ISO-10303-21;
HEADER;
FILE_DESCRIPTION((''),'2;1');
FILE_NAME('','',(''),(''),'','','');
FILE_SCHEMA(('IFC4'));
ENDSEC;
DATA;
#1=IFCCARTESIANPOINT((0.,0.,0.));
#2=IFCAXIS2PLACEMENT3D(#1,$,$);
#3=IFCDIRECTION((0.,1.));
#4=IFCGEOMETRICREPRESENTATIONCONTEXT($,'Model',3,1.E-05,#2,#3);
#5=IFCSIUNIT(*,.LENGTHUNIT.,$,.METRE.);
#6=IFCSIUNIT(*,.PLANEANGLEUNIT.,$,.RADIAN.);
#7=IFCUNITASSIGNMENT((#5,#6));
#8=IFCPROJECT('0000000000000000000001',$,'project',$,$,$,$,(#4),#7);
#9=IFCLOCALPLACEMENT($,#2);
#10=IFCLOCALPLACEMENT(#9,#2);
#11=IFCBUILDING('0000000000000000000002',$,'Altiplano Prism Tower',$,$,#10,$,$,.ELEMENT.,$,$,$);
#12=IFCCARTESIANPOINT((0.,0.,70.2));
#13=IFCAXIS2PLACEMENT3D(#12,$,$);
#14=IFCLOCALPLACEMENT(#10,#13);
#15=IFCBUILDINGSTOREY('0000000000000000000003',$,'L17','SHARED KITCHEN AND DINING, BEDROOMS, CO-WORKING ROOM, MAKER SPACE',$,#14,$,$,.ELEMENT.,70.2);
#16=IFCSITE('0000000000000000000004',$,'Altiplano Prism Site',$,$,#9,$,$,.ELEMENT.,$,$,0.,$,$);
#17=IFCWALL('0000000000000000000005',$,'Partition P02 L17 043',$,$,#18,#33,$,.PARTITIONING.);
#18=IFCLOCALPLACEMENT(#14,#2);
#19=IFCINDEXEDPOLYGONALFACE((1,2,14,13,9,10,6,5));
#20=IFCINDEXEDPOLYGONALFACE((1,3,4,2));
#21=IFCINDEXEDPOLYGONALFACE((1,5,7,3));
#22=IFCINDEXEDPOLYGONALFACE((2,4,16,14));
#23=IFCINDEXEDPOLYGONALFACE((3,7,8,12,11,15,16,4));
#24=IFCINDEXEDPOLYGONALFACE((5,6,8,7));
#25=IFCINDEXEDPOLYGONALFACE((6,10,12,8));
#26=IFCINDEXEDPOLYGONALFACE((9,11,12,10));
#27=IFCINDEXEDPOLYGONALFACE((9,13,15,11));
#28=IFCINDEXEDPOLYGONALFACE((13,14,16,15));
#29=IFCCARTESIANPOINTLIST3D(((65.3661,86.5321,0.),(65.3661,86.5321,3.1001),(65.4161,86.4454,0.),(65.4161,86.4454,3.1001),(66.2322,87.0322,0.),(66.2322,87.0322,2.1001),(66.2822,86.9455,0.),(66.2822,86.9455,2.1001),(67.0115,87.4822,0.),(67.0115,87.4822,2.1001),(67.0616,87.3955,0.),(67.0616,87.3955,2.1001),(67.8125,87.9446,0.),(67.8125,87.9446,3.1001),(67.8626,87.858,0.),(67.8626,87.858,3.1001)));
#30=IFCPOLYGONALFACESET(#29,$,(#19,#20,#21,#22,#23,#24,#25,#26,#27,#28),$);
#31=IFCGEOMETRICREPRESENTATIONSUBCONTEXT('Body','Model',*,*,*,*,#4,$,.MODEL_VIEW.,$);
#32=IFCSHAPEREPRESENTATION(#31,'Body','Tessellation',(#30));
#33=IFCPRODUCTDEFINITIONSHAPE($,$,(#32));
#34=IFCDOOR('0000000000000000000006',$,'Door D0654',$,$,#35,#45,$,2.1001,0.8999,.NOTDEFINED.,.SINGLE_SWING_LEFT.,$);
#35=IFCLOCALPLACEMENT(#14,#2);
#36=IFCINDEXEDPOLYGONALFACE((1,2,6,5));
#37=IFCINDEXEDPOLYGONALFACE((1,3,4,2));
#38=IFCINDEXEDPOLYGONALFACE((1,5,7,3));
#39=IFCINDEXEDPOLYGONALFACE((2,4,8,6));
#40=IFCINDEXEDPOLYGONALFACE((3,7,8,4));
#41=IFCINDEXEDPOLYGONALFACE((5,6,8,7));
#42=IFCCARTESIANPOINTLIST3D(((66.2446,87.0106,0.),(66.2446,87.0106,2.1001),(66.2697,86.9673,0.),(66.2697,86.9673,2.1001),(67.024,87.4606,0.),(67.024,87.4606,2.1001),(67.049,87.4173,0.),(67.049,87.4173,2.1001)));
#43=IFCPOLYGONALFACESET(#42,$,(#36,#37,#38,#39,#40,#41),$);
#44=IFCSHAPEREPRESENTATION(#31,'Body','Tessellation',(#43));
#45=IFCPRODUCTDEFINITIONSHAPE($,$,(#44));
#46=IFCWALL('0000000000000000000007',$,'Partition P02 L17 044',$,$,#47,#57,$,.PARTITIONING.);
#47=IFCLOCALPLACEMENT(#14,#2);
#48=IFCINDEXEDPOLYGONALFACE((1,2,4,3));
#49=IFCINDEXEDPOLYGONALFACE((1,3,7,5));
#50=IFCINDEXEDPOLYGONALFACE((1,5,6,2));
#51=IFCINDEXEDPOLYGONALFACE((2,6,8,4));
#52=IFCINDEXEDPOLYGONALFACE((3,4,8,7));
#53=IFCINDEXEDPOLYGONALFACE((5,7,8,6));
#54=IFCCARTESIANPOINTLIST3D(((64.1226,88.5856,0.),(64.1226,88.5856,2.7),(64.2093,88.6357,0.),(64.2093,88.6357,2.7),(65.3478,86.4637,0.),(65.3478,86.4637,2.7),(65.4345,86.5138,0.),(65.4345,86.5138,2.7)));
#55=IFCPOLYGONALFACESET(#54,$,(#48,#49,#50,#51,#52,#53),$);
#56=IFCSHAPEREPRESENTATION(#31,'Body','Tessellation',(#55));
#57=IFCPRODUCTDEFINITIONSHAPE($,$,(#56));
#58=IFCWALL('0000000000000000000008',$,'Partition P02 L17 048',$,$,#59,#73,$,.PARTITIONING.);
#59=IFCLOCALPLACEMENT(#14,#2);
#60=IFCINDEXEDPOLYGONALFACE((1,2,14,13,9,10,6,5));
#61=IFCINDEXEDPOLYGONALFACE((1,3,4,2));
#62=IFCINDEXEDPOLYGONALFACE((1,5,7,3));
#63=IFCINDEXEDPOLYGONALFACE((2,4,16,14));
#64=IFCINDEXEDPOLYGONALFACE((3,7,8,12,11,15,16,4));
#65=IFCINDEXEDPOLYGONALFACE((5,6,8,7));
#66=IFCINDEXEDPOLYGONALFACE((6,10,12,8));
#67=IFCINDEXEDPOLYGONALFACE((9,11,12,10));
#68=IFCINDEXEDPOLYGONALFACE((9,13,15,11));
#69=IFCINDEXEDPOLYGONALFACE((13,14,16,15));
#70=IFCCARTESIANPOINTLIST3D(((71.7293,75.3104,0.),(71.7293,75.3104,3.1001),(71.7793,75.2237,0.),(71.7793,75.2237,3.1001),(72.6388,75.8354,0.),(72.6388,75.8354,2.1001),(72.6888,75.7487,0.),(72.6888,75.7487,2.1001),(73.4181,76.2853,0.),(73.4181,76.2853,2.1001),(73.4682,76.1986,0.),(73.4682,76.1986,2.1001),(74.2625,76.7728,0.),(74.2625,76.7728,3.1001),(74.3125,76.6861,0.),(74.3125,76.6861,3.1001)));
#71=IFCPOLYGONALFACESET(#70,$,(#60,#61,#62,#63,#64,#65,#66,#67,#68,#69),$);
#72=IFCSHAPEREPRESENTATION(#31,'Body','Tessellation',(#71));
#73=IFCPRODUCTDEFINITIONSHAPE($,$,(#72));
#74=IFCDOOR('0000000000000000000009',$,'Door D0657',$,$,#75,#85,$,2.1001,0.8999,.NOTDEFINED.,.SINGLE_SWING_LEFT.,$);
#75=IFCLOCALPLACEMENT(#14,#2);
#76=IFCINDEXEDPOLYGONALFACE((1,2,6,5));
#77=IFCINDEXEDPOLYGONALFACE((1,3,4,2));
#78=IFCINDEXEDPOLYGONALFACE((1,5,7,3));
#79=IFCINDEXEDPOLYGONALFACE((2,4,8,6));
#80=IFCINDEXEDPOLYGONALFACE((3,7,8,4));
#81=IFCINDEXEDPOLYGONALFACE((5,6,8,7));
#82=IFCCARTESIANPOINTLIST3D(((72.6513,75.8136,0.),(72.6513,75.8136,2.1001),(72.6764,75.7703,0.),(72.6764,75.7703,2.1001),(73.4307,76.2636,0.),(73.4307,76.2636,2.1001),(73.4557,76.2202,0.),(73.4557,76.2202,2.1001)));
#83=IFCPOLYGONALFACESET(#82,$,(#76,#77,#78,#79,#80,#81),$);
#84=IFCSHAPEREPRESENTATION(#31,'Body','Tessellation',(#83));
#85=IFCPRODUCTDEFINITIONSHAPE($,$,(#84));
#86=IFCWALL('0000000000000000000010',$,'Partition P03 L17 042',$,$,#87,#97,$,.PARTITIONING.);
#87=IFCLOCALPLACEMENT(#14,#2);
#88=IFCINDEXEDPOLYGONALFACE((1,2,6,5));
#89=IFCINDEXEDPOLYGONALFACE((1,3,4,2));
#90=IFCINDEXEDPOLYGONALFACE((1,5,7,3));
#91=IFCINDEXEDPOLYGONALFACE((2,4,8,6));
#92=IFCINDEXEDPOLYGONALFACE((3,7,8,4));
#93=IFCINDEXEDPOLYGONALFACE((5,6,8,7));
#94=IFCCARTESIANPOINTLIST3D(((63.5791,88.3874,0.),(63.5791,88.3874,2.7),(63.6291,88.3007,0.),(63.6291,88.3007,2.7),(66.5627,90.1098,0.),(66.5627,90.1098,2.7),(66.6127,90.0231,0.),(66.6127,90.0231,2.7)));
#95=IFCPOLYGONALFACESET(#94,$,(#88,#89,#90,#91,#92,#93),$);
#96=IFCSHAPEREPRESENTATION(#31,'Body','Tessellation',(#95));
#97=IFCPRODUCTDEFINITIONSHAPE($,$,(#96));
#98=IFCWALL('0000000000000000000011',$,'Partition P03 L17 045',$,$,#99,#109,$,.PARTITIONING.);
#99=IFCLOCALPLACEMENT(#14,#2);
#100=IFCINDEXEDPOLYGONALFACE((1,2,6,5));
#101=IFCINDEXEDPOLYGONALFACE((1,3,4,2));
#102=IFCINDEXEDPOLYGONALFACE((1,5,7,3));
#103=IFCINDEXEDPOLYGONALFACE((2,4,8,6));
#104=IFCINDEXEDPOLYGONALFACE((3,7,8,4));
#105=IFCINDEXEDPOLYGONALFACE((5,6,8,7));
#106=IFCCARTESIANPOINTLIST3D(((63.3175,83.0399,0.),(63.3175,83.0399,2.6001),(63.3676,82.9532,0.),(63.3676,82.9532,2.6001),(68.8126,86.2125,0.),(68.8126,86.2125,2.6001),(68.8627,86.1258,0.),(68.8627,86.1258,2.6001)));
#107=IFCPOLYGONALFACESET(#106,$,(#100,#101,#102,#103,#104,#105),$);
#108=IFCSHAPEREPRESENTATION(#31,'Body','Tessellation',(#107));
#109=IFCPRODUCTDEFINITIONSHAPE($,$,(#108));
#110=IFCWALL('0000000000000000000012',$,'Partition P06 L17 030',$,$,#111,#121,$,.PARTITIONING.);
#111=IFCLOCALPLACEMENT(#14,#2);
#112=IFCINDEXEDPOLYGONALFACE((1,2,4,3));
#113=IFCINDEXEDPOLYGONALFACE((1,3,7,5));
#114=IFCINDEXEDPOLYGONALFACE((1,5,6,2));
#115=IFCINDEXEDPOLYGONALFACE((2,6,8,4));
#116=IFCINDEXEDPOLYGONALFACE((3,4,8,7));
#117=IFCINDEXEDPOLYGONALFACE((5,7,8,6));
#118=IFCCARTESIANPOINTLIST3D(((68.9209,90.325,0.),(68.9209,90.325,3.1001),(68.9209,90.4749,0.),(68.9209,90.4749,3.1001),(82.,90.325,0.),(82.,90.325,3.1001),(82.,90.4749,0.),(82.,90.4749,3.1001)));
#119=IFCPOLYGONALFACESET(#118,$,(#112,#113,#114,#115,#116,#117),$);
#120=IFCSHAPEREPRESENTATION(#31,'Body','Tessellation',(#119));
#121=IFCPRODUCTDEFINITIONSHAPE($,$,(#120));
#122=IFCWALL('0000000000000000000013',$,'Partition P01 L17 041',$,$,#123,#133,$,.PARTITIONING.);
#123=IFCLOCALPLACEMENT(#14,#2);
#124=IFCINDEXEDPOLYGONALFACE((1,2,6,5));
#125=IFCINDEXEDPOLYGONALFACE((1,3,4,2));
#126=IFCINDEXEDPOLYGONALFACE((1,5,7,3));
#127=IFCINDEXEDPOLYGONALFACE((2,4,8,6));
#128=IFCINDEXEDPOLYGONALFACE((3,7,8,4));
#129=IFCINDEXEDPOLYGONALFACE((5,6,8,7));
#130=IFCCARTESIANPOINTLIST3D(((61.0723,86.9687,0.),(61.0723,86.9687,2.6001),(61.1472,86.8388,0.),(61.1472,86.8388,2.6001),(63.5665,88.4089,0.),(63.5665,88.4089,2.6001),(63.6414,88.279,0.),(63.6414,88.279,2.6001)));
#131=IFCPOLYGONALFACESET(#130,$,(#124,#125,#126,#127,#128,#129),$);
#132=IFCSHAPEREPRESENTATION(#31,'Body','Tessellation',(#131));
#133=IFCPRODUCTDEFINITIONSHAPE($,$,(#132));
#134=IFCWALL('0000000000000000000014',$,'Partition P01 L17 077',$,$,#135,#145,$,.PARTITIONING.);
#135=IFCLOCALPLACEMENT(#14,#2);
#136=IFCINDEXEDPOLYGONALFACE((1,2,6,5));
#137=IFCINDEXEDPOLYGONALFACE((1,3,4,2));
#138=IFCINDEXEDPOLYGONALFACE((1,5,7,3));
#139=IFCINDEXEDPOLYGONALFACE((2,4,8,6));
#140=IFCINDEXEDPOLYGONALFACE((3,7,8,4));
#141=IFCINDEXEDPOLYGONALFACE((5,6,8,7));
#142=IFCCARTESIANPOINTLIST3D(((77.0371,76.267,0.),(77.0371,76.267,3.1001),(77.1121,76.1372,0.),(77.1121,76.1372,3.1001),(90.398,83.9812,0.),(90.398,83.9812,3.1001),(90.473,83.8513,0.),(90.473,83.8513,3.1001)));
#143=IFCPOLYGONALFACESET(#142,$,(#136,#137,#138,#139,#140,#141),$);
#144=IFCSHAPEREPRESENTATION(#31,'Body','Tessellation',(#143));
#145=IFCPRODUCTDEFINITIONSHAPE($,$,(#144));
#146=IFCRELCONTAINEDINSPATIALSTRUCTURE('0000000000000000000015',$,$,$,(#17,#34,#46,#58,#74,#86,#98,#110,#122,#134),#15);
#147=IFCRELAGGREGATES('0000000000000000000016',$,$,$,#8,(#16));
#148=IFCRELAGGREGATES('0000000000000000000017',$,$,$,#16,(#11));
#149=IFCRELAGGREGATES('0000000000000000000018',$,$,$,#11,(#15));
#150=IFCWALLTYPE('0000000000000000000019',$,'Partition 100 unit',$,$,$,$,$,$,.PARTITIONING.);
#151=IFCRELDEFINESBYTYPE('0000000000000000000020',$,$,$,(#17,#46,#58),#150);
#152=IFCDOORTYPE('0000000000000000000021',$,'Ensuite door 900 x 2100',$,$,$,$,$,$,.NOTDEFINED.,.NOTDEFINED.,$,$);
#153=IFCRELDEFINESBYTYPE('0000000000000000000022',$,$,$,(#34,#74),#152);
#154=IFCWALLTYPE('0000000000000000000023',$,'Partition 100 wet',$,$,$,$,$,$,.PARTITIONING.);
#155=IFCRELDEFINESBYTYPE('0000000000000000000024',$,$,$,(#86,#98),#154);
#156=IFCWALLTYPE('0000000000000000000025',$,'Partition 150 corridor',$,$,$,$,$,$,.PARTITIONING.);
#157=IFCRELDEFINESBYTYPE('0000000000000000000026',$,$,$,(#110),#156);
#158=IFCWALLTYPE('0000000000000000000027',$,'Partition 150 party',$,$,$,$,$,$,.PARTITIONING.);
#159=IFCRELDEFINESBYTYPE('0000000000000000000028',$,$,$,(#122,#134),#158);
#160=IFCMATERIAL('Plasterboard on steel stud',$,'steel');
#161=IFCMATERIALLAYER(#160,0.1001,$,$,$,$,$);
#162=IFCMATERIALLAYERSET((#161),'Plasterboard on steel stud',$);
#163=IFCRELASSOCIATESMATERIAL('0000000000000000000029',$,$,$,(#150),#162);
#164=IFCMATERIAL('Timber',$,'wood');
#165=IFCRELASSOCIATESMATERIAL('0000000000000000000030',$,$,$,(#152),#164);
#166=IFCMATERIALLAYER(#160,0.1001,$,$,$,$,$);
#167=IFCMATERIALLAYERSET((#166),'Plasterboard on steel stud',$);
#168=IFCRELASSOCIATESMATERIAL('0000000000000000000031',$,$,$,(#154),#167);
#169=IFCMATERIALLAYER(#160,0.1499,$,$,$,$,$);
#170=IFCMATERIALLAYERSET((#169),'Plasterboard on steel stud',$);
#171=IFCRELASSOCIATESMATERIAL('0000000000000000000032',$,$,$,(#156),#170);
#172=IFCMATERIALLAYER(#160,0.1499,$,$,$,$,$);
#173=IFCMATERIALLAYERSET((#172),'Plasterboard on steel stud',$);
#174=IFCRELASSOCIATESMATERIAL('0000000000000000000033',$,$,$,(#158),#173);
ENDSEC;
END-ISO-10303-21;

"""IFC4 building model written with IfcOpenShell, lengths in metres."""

from ifc_helpers import new_model, si_unit, direction, frame, frame_2d, origin, place, context, subcontext, project, spatial, rectangle, extrude, material, layer, layer_set, type_object, element, fill, save


model = new_model("IFC4")

# Units and contexts
model_context = context("Model", 3, precision=1e-05, world=origin(), true_north=direction((0.0, 1.0)))
body_context = subcontext(model_context, "Body", "Model", "MODEL_VIEW")
ifc_project = project(units=[si_unit("LENGTHUNIT", "METRE"), si_unit("PLANEANGLEUNIT", "RADIAN")], contexts=[model_context])

# Site, building, storey
site_placement = place(None, origin())
site = spatial("IfcSite", under=ifc_project, at=site_placement, Name="Altiplano Prism Site", CompositionType="ELEMENT", RefElevation=0.0)
building_placement = place(site_placement, origin())
building = spatial("IfcBuilding", under=site, at=building_placement, Name="Altiplano Prism Tower", CompositionType="ELEMENT")
storey_placement = place(building_placement, frame((0.0, 0.0, 70.2)))
storey = spatial("IfcBuildingStorey", under=building, at=storey_placement, Name="L17", Description="SHARED KITCHEN AND DINING, BEDROOMS, CO-WORKING ROOM, MAKER SPACE", CompositionType="ELEMENT", Elevation=70.2)

# Shared definitions
ifc_material_1 = material(Name="Plasterboard on steel stud", Category="steel")
ifc_layer_1 = layer(ifc_material_1, 0.1001)
ifc_layer_set_1 = layer_set([ifc_layer_1], Name="Plasterboard on steel stud")
wall_type_1 = type_object("IfcWallType", Name="Partition 100 unit", PredefinedType="PARTITIONING", material=ifc_layer_set_1)

# Wall, opening, door
wall_1_placement = place(storey_placement, frame((67.8376, 87.9014, 0.0), z_axis=(0.0, 0.0, 1.0), x_axis=(-0.866011, -0.500024, 0.0)))
wall_1 = element("IfcWall", 1, at=wall_1_placement, inside=storey, type_object=wall_type_1, Name="Partition P02 L17 043", PredefinedType="PARTITIONING", context=body_context, shape_type="SweptSolid", body=[
    extrude(rectangle(XDim=2.825, YDim=0.1001, at=frame_2d((1.4126, 0.0))), origin(), (0.0, 0.0, 1.0), 3.1001),
])
opening_1_placement = place(wall_1_placement, frame((0.925, 0.0, 0.0)))
opening_1 = element("IfcOpeningElement", 2, at=opening_1_placement, cuts=wall_1, PredefinedType="OPENING", context=body_context, shape_type="SweptSolid", body=[
    extrude(rectangle(XDim=0.8999, YDim=2.1001, at=frame_2d((0.45, 1.05))), frame((0.0, 0.0605, 0.0), z_axis=(0.0, -1.0, 0.0), x_axis=(1.0, 0.0, 0.0)), (0.0, 0.0, 1.0), 0.1211),
])
ifc_material_2 = material(Name="Timber", Category="wood")
door_type = type_object("IfcDoorType", Name="Ensuite door 900 x 2100", OperationType="NOTDEFINED", PredefinedType="NOTDEFINED", material=ifc_material_2)
door_1_placement = place(opening_1_placement, origin())
door_1 = element("IfcDoor", 3, at=door_1_placement, inside=storey, type_object=door_type, Name="Door D0654", OperationType="SINGLE_SWING_LEFT", OverallHeight=2.1001, OverallWidth=0.8999, PredefinedType="NOTDEFINED", context=body_context, shape_type="SweptSolid", body=[
    extrude(rectangle(XDim=0.8999, YDim=2.1001, at=frame_2d((0.45, 1.05))), frame((0.0, 0.0249, 0.0), z_axis=(0.0, -1.0, 0.0), x_axis=(1.0, 0.0, 0.0)), (0.0, 0.0, 1.0), 0.05),
])
fill(opening_1, door_1)

# Wall
wall_2_placement = place(storey_placement, frame((65.3911, 86.4888, 0.0), z_axis=(0.0, 0.0, 1.0), x_axis=(-0.500019, 0.866015, 0.0)))
element("IfcWall", 4, at=wall_2_placement, inside=storey, type_object=wall_type_1, Name="Partition P02 L17 044", PredefinedType="PARTITIONING", context=body_context, shape_type="SweptSolid", body=[
    extrude(rectangle(XDim=2.4502, YDim=0.1001, at=frame_2d((1.2251, 0.0))), origin(), (0.0, 0.0, 1.0), 2.7),
])

# Wall, opening, door
wall_3_placement = place(storey_placement, frame((71.7544, 75.2671, 0.0), z_axis=(0.0, 0.0, 1.0), x_axis=(0.866047, 0.499963, 0.0)))
wall_3 = element("IfcWall", 5, at=wall_3_placement, inside=storey, type_object=wall_type_1, Name="Partition P02 L17 048", PredefinedType="PARTITIONING", context=body_context, shape_type="SweptSolid", body=[
    extrude(rectangle(XDim=2.925, YDim=0.1001, at=frame_2d((1.4624, 0.0))), origin(), (0.0, 0.0, 1.0), 3.1001),
])
opening_2_placement = place(wall_3_placement, frame((1.05, 0.0, 0.0)))
opening_2 = element("IfcOpeningElement", 6, at=opening_2_placement, cuts=wall_3, PredefinedType="OPENING", context=body_context, shape_type="SweptSolid", body=[
    extrude(rectangle(XDim=0.8999, YDim=2.1001, at=frame_2d((0.45, 1.05))), frame((0.0, 0.0605, 0.0), z_axis=(0.0, -1.0, 0.0), x_axis=(1.0, 0.0, 0.0)), (0.0, 0.0, 1.0), 0.1211),
])
door_2_placement = place(opening_2_placement, origin())
door_2 = element("IfcDoor", 7, at=door_2_placement, inside=storey, type_object=door_type, Name="Door D0657", OperationType="SINGLE_SWING_LEFT", OverallHeight=2.1001, OverallWidth=0.8999, PredefinedType="NOTDEFINED", context=body_context, shape_type="SweptSolid", body=[
    extrude(rectangle(XDim=0.8999, YDim=2.1001, at=frame_2d((0.45, 1.05))), frame((0.0, 0.0249, 0.0), z_axis=(0.0, -1.0, 0.0), x_axis=(1.0, 0.0, 0.0)), (0.0, 0.0, 1.0), 0.05),
])
fill(opening_2, door_2)

# Walls
ifc_layer_2 = layer(ifc_material_1, 0.1001)
ifc_layer_set_2 = layer_set([ifc_layer_2], Name="Plasterboard on steel stud")
wall_type_2 = type_object("IfcWallType", Name="Partition 100 wet", PredefinedType="PARTITIONING", material=ifc_layer_set_2)
wall_4_placement = place(storey_placement, frame((63.604, 88.344, 0.0), z_axis=(0.0, 0.0, 1.0), x_axis=(0.86605, 0.499958, 0.0)))
element("IfcWall", 8, at=wall_4_placement, inside=storey, type_object=wall_type_2, Name="Partition P03 L17 042", PredefinedType="PARTITIONING", context=body_context, shape_type="SweptSolid", body=[
    extrude(rectangle(XDim=3.4451, YDim=0.1001, at=frame_2d((1.7227, 0.0))), origin(), (0.0, 0.0, 1.0), 2.7),
])
wall_5_placement = place(storey_placement, frame((63.3425, 82.9966, 0.0), z_axis=(0.0, 0.0, 1.0), x_axis=(0.866025, 0.5, 0.0)))
element("IfcWall", 9, at=wall_5_placement, inside=storey, type_object=wall_type_2, Name="Partition P03 L17 045", PredefinedType="PARTITIONING", context=body_context, shape_type="SweptSolid", body=[
    extrude(rectangle(XDim=6.3452, YDim=0.1001, at=frame_2d((3.1726, 0.0))), origin(), (0.0, 0.0, 1.0), 2.6001),
])
ifc_layer_3 = layer(ifc_material_1, 0.1499)
ifc_layer_set_3 = layer_set([ifc_layer_3], Name="Plasterboard on steel stud")
wall_type_3 = type_object("IfcWallType", Name="Partition 150 corridor", PredefinedType="PARTITIONING", material=ifc_layer_set_3)
wall_6_placement = place(storey_placement, frame((68.9209, 90.3999, 0.0), z_axis=(0.0, 0.0, 1.0), x_axis=(1.0, 0.0, 0.0)))
element("IfcWall", 10, at=wall_6_placement, inside=storey, type_object=wall_type_3, Name="Partition P06 L17 030", PredefinedType="PARTITIONING", context=body_context, shape_type="SweptSolid", body=[
    extrude(rectangle(XDim=13.0791, YDim=0.1499, at=frame_2d((6.5396, 0.0))), origin(), (0.0, 0.0, 1.0), 3.1001),
])
ifc_layer_4 = layer(ifc_material_1, 0.1499)
ifc_layer_set_4 = layer_set([ifc_layer_4], Name="Plasterboard on steel stud")
wall_type_4 = type_object("IfcWallType", Name="Partition 150 party", PredefinedType="PARTITIONING", material=ifc_layer_set_4)
wall_7_placement = place(storey_placement, frame((61.1099, 86.9038, 0.0), z_axis=(0.0, 0.0, 1.0), x_axis=(0.865996, 0.50005, 0.0)))
element("IfcWall", 11, at=wall_7_placement, inside=storey, type_object=wall_type_4, Name="Partition P01 L17 041", PredefinedType="PARTITIONING", context=body_context, shape_type="SweptSolid", body=[
    extrude(rectangle(XDim=2.8801, YDim=0.1499, at=frame_2d((1.4399, 0.0))), origin(), (0.0, 0.0, 1.0), 2.6001),
])
wall_8_placement = place(storey_placement, frame((77.0747, 76.2021, 0.0), z_axis=(0.0, 0.0, 1.0), x_axis=(0.866019, 0.500011, 0.0)))
element("IfcWall", 12, at=wall_8_placement, inside=storey, type_object=wall_type_4, Name="Partition P01 L17 077", PredefinedType="PARTITIONING", context=body_context, shape_type="SweptSolid", body=[
    extrude(rectangle(XDim=15.428, YDim=0.1499, at=frame_2d((7.7139, 0.0))), origin(), (0.0, 0.0, 1.0), 3.1001),
])

save(model, "model.ifc")
